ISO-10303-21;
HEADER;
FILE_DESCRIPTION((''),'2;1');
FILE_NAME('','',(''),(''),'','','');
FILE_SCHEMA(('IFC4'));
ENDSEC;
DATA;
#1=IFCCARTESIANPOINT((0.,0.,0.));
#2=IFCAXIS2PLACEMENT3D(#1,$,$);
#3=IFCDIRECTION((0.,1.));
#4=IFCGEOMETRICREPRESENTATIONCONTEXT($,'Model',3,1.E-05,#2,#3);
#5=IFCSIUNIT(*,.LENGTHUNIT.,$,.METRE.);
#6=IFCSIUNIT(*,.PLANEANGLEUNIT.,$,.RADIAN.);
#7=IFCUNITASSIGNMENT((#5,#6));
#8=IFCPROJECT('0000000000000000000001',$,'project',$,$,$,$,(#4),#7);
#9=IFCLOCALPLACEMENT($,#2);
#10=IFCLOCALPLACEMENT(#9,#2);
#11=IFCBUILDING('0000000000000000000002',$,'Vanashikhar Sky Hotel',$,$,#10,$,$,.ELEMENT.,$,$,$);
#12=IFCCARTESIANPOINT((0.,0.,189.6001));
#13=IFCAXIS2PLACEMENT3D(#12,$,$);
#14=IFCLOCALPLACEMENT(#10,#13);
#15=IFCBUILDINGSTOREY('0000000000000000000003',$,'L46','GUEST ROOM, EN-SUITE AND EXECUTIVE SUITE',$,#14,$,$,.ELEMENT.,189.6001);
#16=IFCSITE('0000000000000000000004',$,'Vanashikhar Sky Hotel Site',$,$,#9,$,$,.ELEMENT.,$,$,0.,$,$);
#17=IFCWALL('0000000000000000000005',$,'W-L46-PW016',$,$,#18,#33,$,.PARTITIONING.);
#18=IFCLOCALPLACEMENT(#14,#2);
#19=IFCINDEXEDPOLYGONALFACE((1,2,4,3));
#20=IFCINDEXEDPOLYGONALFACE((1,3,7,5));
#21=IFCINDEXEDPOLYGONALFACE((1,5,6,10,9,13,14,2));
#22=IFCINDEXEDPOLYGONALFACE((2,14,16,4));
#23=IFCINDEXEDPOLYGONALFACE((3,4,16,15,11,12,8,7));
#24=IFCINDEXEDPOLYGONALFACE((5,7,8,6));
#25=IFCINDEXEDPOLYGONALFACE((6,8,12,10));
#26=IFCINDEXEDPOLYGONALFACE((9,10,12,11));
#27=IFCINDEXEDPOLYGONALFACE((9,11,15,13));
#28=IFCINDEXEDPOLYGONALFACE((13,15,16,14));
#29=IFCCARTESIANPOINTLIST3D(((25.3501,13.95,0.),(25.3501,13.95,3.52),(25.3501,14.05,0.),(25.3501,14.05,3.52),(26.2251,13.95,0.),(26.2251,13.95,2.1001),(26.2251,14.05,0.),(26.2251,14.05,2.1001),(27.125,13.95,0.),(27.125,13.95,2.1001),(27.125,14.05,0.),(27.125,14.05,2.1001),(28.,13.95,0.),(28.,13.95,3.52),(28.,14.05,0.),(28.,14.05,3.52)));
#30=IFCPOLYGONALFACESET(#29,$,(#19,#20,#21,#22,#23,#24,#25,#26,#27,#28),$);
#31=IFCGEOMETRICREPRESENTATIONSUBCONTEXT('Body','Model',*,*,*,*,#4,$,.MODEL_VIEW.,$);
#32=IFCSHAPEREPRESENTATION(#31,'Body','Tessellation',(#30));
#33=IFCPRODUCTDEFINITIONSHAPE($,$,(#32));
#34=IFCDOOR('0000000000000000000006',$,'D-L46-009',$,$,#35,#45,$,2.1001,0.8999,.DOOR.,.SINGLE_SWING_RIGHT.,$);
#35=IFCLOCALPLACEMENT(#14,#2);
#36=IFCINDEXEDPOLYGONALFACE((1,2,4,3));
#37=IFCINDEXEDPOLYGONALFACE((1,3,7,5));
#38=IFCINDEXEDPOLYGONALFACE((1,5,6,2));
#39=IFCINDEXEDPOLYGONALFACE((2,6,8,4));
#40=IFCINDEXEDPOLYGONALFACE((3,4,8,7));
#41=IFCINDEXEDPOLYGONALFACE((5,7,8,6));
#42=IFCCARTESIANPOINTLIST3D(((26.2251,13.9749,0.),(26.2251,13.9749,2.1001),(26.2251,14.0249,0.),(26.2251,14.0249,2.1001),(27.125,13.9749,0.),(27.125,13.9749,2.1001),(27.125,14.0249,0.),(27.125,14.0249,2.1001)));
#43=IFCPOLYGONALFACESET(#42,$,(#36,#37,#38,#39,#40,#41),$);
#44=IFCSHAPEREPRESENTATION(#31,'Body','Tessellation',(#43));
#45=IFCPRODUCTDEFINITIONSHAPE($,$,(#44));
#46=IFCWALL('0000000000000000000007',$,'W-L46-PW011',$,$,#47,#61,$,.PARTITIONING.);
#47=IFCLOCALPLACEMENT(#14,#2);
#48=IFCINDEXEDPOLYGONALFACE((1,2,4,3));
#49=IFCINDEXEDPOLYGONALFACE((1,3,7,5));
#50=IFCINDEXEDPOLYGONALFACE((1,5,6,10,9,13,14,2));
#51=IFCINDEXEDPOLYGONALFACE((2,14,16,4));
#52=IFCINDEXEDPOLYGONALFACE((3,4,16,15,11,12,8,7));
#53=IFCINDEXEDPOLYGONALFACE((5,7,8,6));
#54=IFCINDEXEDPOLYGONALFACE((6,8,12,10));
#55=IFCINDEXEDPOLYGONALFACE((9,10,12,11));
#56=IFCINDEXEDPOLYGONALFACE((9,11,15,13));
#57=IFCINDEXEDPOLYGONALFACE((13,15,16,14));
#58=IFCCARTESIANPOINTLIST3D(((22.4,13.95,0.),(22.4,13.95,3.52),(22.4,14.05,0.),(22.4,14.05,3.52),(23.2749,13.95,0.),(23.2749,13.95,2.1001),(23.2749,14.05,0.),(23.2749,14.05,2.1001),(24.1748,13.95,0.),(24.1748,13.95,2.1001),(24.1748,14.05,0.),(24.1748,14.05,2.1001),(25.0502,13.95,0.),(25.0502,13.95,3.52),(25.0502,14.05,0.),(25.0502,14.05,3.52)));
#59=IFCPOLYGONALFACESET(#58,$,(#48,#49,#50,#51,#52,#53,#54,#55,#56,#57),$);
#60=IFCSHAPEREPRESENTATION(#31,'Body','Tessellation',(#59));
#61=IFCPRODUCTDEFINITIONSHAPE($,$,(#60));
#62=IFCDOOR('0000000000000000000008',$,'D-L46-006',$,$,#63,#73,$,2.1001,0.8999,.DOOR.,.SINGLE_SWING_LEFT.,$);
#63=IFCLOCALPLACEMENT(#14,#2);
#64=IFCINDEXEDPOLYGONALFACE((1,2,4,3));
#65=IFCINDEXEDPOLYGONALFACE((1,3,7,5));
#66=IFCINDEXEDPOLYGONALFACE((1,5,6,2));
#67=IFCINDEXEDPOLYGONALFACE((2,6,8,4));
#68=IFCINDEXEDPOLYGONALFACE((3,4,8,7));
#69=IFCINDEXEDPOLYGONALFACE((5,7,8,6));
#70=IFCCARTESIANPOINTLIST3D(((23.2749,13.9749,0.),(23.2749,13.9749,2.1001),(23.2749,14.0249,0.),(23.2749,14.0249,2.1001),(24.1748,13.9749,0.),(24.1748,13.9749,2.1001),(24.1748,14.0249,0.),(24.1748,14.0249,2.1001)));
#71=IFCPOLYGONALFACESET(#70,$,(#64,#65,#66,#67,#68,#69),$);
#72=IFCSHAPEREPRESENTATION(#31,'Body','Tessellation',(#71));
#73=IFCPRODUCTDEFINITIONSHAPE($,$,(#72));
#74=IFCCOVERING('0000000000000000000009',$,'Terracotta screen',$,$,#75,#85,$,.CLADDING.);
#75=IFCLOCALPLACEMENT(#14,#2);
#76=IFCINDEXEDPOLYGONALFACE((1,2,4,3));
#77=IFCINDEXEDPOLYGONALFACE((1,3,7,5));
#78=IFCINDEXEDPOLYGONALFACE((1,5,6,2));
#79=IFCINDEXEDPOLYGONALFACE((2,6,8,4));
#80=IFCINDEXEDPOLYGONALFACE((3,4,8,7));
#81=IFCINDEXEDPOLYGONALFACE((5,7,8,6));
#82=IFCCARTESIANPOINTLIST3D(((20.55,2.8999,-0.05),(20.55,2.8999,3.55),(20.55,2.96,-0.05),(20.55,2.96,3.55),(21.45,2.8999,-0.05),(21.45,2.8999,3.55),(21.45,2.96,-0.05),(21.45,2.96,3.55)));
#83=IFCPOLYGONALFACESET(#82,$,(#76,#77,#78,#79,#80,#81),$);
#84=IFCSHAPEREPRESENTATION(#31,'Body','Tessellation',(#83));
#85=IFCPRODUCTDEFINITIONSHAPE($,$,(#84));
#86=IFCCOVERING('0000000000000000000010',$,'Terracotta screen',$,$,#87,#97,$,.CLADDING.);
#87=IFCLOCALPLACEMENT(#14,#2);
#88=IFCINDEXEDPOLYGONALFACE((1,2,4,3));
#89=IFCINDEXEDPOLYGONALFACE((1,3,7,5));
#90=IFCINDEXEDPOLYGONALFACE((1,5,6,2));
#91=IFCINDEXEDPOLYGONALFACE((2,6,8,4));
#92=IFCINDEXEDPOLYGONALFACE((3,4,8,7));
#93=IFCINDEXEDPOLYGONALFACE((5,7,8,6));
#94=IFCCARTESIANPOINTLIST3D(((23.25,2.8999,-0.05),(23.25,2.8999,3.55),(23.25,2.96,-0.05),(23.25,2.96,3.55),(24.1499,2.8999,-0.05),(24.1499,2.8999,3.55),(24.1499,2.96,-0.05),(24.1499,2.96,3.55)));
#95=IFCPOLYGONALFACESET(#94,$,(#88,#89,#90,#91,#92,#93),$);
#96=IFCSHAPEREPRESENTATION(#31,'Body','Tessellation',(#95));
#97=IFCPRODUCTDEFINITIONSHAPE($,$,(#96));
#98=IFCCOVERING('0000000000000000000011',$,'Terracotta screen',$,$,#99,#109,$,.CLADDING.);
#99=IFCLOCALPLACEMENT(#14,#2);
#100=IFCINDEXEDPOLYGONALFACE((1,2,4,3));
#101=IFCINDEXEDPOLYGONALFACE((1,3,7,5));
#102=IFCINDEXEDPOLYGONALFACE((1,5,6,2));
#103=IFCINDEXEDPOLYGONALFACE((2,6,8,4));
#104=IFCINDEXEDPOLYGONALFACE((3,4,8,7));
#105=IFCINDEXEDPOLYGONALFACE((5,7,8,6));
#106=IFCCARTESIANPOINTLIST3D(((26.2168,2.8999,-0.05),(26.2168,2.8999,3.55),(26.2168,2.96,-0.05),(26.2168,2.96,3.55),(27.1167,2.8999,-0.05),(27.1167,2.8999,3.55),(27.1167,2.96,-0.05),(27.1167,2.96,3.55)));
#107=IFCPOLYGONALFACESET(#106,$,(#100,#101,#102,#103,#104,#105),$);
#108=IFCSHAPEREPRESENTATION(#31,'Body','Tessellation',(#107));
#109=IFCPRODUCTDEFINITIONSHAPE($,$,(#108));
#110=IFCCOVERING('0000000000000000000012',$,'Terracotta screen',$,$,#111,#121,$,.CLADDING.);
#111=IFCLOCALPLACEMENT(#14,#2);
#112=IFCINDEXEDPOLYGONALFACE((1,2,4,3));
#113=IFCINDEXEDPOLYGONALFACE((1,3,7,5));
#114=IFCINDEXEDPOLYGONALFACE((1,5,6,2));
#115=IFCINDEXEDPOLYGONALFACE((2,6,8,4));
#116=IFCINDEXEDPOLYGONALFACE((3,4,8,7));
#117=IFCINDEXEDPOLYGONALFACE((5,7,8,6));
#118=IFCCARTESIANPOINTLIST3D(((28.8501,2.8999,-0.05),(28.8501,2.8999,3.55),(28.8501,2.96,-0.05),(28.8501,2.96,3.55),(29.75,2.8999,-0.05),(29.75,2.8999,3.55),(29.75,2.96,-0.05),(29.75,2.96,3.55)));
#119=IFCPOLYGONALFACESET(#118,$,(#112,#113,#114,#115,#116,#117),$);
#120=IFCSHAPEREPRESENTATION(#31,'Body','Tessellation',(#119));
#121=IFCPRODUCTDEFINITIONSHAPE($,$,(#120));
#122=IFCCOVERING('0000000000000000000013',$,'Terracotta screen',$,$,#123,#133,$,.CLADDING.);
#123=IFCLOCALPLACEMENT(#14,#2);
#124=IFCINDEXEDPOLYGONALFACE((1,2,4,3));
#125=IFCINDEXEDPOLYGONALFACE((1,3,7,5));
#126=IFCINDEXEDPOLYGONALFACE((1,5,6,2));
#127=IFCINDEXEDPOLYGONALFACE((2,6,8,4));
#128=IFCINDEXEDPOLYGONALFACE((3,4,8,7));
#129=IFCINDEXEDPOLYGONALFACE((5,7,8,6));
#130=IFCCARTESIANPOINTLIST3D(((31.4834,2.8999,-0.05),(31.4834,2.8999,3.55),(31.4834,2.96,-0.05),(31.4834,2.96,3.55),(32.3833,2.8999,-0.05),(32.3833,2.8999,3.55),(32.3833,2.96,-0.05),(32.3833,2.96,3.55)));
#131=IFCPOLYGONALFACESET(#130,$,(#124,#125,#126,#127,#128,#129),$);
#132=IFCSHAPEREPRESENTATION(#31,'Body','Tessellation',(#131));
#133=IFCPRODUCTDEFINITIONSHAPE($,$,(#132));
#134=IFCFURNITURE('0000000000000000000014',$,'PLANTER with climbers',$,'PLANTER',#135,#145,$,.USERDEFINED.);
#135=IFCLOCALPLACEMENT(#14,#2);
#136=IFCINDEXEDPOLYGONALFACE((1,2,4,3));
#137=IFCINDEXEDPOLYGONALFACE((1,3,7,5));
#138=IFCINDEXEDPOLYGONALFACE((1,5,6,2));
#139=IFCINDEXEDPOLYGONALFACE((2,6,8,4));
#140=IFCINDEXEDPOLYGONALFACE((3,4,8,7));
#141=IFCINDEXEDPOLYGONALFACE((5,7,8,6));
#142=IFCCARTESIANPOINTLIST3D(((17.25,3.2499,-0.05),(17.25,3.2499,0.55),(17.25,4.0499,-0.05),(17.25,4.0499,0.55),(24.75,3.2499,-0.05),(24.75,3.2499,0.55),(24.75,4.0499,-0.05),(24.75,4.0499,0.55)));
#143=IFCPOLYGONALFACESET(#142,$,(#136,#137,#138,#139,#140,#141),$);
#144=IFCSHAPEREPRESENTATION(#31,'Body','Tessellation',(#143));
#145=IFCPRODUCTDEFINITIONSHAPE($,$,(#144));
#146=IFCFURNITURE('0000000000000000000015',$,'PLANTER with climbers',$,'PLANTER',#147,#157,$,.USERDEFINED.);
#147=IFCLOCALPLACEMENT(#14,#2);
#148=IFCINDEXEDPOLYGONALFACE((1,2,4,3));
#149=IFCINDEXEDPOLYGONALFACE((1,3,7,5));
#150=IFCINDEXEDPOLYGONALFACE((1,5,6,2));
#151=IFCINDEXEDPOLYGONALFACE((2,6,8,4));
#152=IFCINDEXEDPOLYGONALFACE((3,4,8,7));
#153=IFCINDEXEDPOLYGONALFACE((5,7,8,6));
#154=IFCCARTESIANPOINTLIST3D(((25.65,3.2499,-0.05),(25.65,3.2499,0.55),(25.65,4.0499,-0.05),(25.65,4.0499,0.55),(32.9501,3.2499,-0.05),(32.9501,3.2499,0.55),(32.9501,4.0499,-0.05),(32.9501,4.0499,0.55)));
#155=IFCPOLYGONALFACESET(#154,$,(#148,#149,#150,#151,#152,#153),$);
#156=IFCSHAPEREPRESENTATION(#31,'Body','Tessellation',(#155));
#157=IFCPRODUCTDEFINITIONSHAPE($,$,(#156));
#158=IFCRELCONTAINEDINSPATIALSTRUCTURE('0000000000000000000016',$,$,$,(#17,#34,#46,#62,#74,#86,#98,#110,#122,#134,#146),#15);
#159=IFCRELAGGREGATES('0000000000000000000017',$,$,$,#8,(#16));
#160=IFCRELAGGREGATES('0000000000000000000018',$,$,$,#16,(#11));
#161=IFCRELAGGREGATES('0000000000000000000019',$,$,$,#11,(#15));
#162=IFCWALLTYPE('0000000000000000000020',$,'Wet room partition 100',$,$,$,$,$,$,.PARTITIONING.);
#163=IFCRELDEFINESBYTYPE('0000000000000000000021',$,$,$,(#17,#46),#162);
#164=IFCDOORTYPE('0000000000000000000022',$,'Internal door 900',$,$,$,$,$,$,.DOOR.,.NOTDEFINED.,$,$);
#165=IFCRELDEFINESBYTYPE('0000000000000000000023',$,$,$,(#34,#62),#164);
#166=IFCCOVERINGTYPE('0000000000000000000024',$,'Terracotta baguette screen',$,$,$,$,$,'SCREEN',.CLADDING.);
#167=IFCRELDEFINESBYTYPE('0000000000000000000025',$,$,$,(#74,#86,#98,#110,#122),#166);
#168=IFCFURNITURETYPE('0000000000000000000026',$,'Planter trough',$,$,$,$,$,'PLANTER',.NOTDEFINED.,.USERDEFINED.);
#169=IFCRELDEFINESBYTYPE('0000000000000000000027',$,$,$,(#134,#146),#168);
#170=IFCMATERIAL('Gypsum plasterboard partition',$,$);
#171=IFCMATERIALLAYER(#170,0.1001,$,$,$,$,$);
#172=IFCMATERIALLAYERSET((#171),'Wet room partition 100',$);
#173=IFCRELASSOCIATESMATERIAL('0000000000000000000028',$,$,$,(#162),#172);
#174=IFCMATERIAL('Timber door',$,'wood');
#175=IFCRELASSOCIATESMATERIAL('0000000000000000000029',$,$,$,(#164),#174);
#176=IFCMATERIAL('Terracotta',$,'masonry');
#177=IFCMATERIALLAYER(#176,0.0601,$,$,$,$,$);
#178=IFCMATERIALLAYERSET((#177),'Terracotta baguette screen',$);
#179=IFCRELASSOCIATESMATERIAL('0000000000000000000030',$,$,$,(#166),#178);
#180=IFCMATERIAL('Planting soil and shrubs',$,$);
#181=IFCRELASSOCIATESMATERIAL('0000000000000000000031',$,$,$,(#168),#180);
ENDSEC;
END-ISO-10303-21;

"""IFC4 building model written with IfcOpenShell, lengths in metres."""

from ifc_helpers import new_model, si_unit, direction, frame, frame_2d, origin, origin_2d, place, context, subcontext, project, spatial, rectangle, extrude, source, transform, mapped, material, layer, layer_set, type_object, element, fill, save


model = new_model("IFC4")

# Units and contexts
model_context = context("Model", 3, precision=1e-05, world=origin(), true_north=direction((0.0, 1.0)))
body_context = subcontext(model_context, "Body", "Model", "MODEL_VIEW")
ifc_project = project(units=[si_unit("LENGTHUNIT", "METRE"), si_unit("PLANEANGLEUNIT", "RADIAN")], contexts=[model_context])

# Site, building, storey
site_placement = place(None, origin())
site = spatial("IfcSite", under=ifc_project, at=site_placement, Name="Vanashikhar Sky Hotel Site", CompositionType="ELEMENT", RefElevation=0.0)
building_placement = place(site_placement, origin())
building = spatial("IfcBuilding", under=site, at=building_placement, Name="Vanashikhar Sky Hotel", CompositionType="ELEMENT")
storey_placement = place(building_placement, frame((0.0, 0.0, 189.6001)))
storey = spatial("IfcBuildingStorey", under=building, at=storey_placement, Name="L46", Description="GUEST ROOM, EN-SUITE AND EXECUTIVE SUITE", CompositionType="ELEMENT", Elevation=189.6001)

# Shared definitions
ifc_material_1 = material(Name="Gypsum plasterboard partition")
ifc_layer_1 = layer(ifc_material_1, 0.1001)
ifc_layer_set_1 = layer_set([ifc_layer_1], Name="Wet room partition 100")
wall_type_1 = type_object("IfcWallType", Name="Wet room partition 100", PredefinedType="PARTITIONING", material=ifc_layer_set_1)
shared_shape_1 = source(origin(), body_context, "Body", "SweptSolid", [
    extrude(rectangle(XDim=0.8999, YDim=2.1001, at=frame_2d((0.45, 1.05))), frame((0.0, 0.0601, 0.0), z_axis=(0.0, -1.0, 0.0), x_axis=(1.0, 0.0, 0.0)), (0.0, 0.0, 1.0), 0.1201),
])
ifc_material_2 = material(Name="Timber door", Category="wood")
door_type_1 = type_object("IfcDoorType", Name="Internal door 900", OperationType="NOTDEFINED", PredefinedType="DOOR", material=ifc_material_2)
shared_shape_2 = source(origin(), body_context, "Body", "SweptSolid", [
    extrude(rectangle(XDim=0.8999, YDim=2.1001, at=frame_2d((0.45, 1.05))), frame((0.0, 0.0249, 0.0), z_axis=(0.0, -1.0, 0.0), x_axis=(1.0, 0.0, 0.0)), (0.0, 0.0, 1.0), 0.05),
])

# Walls, openings, doors
shared_shape_3 = source(origin(), body_context, "Body", "SweptSolid", [
    extrude(rectangle(XDim=2.6499, YDim=0.1001, at=frame_2d((1.325, 0.0))), origin(), (0.0, 0.0, 1.0), 3.52),
])
wall_1_placement = place(storey_placement, frame((25.3501, 14.0, 0.0), z_axis=(0.0, 0.0, 1.0), x_axis=(1.0, 0.0, 0.0)))
wall_1 = element("IfcWall", 1, at=wall_1_placement, inside=storey, type_object=wall_type_1, Name="W-L46-PW016", PredefinedType="PARTITIONING", context=body_context, shape_type="MappedRepresentation", body=[
    mapped(shared_shape_3, transform((0.0, 0.0, 0.0), scale=1.0)),
])
opening_1_placement = place(wall_1_placement, frame((0.875, 0.0, 0.0)))
opening_1 = element("IfcOpeningElement", 2, at=opening_1_placement, cuts=wall_1, PredefinedType="OPENING", context=body_context, shape_type="MappedRepresentation", body=[
    mapped(shared_shape_1, transform((0.0, 0.0, 0.0), scale=1.0)),
])
door_1_placement = place(opening_1_placement, origin())
door_1 = element("IfcDoor", 3, at=door_1_placement, inside=storey, type_object=door_type_1, Name="D-L46-009", OperationType="SINGLE_SWING_RIGHT", OverallHeight=2.1001, OverallWidth=0.8999, PredefinedType="DOOR", context=body_context, shape_type="MappedRepresentation", body=[
    mapped(shared_shape_2, transform((0.0, 0.0, 0.0), scale=1.0)),
])
fill(opening_1, door_1)
shared_shape_4 = source(origin(), body_context, "Body", "SweptSolid", [
    extrude(rectangle(XDim=2.6501, YDim=0.1001, at=frame_2d((1.3252, 0.0))), origin(), (0.0, 0.0, 1.0), 3.52),
])
wall_2_placement = place(storey_placement, frame((22.3999, 14.0, 0.0), z_axis=(0.0, 0.0, 1.0), x_axis=(1.0, 0.0, 0.0)))
wall_2 = element("IfcWall", 4, at=wall_2_placement, inside=storey, type_object=wall_type_1, Name="W-L46-PW011", PredefinedType="PARTITIONING", context=body_context, shape_type="MappedRepresentation", body=[
    mapped(shared_shape_4, transform((0.0, 0.0, 0.0), scale=1.0)),
])
opening_2_placement = place(wall_2_placement, frame((0.875, 0.0, 0.0)))
opening_2 = element("IfcOpeningElement", 5, at=opening_2_placement, cuts=wall_2, PredefinedType="OPENING", context=body_context, shape_type="MappedRepresentation", body=[
    mapped(shared_shape_1, transform((0.0, 0.0, 0.0), scale=1.0)),
])
door_2_placement = place(opening_2_placement, origin())
door_2 = element("IfcDoor", 6, at=door_2_placement, inside=storey, type_object=door_type_1, Name="D-L46-006", OperationType="SINGLE_SWING_LEFT", OverallHeight=2.1001, OverallWidth=0.8999, PredefinedType="DOOR", context=body_context, shape_type="MappedRepresentation", body=[
    mapped(shared_shape_2, transform((0.0, 0.0, 0.0), scale=1.0)),
])
fill(opening_2, door_2)

# Coverings
ifc_material_3 = material(Name="Terracotta", Category="masonry")
ifc_layer_2 = layer(ifc_material_3, 0.0601)
ifc_layer_set_2 = layer_set([ifc_layer_2], Name="Terracotta baguette screen")
covering_type = type_object("IfcCoveringType", Name="Terracotta baguette screen", ElementType="SCREEN", PredefinedType="CLADDING", material=ifc_layer_set_2)
shared_shape_5 = source(origin(), body_context, "Body", "SweptSolid", [
    extrude(rectangle(XDim=0.8999, YDim=0.0601, at=origin_2d()), origin(), (0.0, 0.0, 1.0), 3.6001),
])
for number, where, z_axis, x_axis, name in (
    (7, (21.0, 2.9299, -0.05), (0.0, 0.0, 1.0), (1.0, 0.0, 0.0), "Terracotta screen"),
    (8, (23.7, 2.9299, -0.05), (0.0, 0.0, 1.0), (1.0, 0.0, 0.0), "Terracotta screen"),
    (9, (26.6667, 2.9299, -0.05), (0.0, 0.0, 1.0), (1.0, 0.0, 0.0), "Terracotta screen"),
    (10, (29.3, 2.9299, -0.05), (0.0, 0.0, 1.0), (1.0, 0.0, 0.0), "Terracotta screen"),
    (11, (31.9333, 2.9299, -0.05), (0.0, 0.0, 1.0), (1.0, 0.0, 0.0), "Terracotta screen"),
):
    element("IfcCovering", number, at=place(storey_placement, frame(where, z_axis=z_axis, x_axis=x_axis)), inside=storey, type_object=covering_type, Name=name, PredefinedType="CLADDING", context=body_context, shape_type="MappedRepresentation", body=[
        mapped(shared_shape_5, transform((0.0, 0.0, 0.0), scale=1.0)),
    ])

# Furniture
ifc_material_4 = material(Name="Planting soil and shrubs")
furniture_type = type_object("IfcFurnitureType", Name="Planter trough", ElementType="PLANTER", AssemblyPlace="NOTDEFINED", PredefinedType="USERDEFINED", material=ifc_material_4)
shared_shape_6 = source(origin(), body_context, "Body", "SweptSolid", [
    extrude(rectangle(XDim=7.5, YDim=0.8, at=origin_2d()), origin(), (0.0, 0.0, 1.0), 0.6001),
])
furniture_1_placement = place(storey_placement, frame((21.0, 3.6499, -0.05), z_axis=(0.0, 0.0, 1.0), x_axis=(1.0, 0.0, 0.0)))
element("IfcFurniture", 12, at=furniture_1_placement, inside=storey, type_object=furniture_type, Name="PLANTER with climbers", ObjectType="PLANTER", PredefinedType="USERDEFINED", context=body_context, shape_type="MappedRepresentation", body=[
    mapped(shared_shape_6, transform((0.0, 0.0, 0.0), scale=1.0)),
])
shared_shape_7 = source(origin(), body_context, "Body", "SweptSolid", [
    extrude(rectangle(XDim=7.3, YDim=0.8, at=origin_2d()), origin(), (0.0, 0.0, 1.0), 0.6001),
])
furniture_2_placement = place(storey_placement, frame((29.3, 3.6499, -0.05), z_axis=(0.0, 0.0, 1.0), x_axis=(1.0, 0.0, 0.0)))
element("IfcFurniture", 13, at=furniture_2_placement, inside=storey, type_object=furniture_type, Name="PLANTER with climbers", ObjectType="PLANTER", PredefinedType="USERDEFINED", context=body_context, shape_type="MappedRepresentation", body=[
    mapped(shared_shape_7, transform((0.0, 0.0, 0.0), scale=1.0)),
])

save(model, "model.ifc")
